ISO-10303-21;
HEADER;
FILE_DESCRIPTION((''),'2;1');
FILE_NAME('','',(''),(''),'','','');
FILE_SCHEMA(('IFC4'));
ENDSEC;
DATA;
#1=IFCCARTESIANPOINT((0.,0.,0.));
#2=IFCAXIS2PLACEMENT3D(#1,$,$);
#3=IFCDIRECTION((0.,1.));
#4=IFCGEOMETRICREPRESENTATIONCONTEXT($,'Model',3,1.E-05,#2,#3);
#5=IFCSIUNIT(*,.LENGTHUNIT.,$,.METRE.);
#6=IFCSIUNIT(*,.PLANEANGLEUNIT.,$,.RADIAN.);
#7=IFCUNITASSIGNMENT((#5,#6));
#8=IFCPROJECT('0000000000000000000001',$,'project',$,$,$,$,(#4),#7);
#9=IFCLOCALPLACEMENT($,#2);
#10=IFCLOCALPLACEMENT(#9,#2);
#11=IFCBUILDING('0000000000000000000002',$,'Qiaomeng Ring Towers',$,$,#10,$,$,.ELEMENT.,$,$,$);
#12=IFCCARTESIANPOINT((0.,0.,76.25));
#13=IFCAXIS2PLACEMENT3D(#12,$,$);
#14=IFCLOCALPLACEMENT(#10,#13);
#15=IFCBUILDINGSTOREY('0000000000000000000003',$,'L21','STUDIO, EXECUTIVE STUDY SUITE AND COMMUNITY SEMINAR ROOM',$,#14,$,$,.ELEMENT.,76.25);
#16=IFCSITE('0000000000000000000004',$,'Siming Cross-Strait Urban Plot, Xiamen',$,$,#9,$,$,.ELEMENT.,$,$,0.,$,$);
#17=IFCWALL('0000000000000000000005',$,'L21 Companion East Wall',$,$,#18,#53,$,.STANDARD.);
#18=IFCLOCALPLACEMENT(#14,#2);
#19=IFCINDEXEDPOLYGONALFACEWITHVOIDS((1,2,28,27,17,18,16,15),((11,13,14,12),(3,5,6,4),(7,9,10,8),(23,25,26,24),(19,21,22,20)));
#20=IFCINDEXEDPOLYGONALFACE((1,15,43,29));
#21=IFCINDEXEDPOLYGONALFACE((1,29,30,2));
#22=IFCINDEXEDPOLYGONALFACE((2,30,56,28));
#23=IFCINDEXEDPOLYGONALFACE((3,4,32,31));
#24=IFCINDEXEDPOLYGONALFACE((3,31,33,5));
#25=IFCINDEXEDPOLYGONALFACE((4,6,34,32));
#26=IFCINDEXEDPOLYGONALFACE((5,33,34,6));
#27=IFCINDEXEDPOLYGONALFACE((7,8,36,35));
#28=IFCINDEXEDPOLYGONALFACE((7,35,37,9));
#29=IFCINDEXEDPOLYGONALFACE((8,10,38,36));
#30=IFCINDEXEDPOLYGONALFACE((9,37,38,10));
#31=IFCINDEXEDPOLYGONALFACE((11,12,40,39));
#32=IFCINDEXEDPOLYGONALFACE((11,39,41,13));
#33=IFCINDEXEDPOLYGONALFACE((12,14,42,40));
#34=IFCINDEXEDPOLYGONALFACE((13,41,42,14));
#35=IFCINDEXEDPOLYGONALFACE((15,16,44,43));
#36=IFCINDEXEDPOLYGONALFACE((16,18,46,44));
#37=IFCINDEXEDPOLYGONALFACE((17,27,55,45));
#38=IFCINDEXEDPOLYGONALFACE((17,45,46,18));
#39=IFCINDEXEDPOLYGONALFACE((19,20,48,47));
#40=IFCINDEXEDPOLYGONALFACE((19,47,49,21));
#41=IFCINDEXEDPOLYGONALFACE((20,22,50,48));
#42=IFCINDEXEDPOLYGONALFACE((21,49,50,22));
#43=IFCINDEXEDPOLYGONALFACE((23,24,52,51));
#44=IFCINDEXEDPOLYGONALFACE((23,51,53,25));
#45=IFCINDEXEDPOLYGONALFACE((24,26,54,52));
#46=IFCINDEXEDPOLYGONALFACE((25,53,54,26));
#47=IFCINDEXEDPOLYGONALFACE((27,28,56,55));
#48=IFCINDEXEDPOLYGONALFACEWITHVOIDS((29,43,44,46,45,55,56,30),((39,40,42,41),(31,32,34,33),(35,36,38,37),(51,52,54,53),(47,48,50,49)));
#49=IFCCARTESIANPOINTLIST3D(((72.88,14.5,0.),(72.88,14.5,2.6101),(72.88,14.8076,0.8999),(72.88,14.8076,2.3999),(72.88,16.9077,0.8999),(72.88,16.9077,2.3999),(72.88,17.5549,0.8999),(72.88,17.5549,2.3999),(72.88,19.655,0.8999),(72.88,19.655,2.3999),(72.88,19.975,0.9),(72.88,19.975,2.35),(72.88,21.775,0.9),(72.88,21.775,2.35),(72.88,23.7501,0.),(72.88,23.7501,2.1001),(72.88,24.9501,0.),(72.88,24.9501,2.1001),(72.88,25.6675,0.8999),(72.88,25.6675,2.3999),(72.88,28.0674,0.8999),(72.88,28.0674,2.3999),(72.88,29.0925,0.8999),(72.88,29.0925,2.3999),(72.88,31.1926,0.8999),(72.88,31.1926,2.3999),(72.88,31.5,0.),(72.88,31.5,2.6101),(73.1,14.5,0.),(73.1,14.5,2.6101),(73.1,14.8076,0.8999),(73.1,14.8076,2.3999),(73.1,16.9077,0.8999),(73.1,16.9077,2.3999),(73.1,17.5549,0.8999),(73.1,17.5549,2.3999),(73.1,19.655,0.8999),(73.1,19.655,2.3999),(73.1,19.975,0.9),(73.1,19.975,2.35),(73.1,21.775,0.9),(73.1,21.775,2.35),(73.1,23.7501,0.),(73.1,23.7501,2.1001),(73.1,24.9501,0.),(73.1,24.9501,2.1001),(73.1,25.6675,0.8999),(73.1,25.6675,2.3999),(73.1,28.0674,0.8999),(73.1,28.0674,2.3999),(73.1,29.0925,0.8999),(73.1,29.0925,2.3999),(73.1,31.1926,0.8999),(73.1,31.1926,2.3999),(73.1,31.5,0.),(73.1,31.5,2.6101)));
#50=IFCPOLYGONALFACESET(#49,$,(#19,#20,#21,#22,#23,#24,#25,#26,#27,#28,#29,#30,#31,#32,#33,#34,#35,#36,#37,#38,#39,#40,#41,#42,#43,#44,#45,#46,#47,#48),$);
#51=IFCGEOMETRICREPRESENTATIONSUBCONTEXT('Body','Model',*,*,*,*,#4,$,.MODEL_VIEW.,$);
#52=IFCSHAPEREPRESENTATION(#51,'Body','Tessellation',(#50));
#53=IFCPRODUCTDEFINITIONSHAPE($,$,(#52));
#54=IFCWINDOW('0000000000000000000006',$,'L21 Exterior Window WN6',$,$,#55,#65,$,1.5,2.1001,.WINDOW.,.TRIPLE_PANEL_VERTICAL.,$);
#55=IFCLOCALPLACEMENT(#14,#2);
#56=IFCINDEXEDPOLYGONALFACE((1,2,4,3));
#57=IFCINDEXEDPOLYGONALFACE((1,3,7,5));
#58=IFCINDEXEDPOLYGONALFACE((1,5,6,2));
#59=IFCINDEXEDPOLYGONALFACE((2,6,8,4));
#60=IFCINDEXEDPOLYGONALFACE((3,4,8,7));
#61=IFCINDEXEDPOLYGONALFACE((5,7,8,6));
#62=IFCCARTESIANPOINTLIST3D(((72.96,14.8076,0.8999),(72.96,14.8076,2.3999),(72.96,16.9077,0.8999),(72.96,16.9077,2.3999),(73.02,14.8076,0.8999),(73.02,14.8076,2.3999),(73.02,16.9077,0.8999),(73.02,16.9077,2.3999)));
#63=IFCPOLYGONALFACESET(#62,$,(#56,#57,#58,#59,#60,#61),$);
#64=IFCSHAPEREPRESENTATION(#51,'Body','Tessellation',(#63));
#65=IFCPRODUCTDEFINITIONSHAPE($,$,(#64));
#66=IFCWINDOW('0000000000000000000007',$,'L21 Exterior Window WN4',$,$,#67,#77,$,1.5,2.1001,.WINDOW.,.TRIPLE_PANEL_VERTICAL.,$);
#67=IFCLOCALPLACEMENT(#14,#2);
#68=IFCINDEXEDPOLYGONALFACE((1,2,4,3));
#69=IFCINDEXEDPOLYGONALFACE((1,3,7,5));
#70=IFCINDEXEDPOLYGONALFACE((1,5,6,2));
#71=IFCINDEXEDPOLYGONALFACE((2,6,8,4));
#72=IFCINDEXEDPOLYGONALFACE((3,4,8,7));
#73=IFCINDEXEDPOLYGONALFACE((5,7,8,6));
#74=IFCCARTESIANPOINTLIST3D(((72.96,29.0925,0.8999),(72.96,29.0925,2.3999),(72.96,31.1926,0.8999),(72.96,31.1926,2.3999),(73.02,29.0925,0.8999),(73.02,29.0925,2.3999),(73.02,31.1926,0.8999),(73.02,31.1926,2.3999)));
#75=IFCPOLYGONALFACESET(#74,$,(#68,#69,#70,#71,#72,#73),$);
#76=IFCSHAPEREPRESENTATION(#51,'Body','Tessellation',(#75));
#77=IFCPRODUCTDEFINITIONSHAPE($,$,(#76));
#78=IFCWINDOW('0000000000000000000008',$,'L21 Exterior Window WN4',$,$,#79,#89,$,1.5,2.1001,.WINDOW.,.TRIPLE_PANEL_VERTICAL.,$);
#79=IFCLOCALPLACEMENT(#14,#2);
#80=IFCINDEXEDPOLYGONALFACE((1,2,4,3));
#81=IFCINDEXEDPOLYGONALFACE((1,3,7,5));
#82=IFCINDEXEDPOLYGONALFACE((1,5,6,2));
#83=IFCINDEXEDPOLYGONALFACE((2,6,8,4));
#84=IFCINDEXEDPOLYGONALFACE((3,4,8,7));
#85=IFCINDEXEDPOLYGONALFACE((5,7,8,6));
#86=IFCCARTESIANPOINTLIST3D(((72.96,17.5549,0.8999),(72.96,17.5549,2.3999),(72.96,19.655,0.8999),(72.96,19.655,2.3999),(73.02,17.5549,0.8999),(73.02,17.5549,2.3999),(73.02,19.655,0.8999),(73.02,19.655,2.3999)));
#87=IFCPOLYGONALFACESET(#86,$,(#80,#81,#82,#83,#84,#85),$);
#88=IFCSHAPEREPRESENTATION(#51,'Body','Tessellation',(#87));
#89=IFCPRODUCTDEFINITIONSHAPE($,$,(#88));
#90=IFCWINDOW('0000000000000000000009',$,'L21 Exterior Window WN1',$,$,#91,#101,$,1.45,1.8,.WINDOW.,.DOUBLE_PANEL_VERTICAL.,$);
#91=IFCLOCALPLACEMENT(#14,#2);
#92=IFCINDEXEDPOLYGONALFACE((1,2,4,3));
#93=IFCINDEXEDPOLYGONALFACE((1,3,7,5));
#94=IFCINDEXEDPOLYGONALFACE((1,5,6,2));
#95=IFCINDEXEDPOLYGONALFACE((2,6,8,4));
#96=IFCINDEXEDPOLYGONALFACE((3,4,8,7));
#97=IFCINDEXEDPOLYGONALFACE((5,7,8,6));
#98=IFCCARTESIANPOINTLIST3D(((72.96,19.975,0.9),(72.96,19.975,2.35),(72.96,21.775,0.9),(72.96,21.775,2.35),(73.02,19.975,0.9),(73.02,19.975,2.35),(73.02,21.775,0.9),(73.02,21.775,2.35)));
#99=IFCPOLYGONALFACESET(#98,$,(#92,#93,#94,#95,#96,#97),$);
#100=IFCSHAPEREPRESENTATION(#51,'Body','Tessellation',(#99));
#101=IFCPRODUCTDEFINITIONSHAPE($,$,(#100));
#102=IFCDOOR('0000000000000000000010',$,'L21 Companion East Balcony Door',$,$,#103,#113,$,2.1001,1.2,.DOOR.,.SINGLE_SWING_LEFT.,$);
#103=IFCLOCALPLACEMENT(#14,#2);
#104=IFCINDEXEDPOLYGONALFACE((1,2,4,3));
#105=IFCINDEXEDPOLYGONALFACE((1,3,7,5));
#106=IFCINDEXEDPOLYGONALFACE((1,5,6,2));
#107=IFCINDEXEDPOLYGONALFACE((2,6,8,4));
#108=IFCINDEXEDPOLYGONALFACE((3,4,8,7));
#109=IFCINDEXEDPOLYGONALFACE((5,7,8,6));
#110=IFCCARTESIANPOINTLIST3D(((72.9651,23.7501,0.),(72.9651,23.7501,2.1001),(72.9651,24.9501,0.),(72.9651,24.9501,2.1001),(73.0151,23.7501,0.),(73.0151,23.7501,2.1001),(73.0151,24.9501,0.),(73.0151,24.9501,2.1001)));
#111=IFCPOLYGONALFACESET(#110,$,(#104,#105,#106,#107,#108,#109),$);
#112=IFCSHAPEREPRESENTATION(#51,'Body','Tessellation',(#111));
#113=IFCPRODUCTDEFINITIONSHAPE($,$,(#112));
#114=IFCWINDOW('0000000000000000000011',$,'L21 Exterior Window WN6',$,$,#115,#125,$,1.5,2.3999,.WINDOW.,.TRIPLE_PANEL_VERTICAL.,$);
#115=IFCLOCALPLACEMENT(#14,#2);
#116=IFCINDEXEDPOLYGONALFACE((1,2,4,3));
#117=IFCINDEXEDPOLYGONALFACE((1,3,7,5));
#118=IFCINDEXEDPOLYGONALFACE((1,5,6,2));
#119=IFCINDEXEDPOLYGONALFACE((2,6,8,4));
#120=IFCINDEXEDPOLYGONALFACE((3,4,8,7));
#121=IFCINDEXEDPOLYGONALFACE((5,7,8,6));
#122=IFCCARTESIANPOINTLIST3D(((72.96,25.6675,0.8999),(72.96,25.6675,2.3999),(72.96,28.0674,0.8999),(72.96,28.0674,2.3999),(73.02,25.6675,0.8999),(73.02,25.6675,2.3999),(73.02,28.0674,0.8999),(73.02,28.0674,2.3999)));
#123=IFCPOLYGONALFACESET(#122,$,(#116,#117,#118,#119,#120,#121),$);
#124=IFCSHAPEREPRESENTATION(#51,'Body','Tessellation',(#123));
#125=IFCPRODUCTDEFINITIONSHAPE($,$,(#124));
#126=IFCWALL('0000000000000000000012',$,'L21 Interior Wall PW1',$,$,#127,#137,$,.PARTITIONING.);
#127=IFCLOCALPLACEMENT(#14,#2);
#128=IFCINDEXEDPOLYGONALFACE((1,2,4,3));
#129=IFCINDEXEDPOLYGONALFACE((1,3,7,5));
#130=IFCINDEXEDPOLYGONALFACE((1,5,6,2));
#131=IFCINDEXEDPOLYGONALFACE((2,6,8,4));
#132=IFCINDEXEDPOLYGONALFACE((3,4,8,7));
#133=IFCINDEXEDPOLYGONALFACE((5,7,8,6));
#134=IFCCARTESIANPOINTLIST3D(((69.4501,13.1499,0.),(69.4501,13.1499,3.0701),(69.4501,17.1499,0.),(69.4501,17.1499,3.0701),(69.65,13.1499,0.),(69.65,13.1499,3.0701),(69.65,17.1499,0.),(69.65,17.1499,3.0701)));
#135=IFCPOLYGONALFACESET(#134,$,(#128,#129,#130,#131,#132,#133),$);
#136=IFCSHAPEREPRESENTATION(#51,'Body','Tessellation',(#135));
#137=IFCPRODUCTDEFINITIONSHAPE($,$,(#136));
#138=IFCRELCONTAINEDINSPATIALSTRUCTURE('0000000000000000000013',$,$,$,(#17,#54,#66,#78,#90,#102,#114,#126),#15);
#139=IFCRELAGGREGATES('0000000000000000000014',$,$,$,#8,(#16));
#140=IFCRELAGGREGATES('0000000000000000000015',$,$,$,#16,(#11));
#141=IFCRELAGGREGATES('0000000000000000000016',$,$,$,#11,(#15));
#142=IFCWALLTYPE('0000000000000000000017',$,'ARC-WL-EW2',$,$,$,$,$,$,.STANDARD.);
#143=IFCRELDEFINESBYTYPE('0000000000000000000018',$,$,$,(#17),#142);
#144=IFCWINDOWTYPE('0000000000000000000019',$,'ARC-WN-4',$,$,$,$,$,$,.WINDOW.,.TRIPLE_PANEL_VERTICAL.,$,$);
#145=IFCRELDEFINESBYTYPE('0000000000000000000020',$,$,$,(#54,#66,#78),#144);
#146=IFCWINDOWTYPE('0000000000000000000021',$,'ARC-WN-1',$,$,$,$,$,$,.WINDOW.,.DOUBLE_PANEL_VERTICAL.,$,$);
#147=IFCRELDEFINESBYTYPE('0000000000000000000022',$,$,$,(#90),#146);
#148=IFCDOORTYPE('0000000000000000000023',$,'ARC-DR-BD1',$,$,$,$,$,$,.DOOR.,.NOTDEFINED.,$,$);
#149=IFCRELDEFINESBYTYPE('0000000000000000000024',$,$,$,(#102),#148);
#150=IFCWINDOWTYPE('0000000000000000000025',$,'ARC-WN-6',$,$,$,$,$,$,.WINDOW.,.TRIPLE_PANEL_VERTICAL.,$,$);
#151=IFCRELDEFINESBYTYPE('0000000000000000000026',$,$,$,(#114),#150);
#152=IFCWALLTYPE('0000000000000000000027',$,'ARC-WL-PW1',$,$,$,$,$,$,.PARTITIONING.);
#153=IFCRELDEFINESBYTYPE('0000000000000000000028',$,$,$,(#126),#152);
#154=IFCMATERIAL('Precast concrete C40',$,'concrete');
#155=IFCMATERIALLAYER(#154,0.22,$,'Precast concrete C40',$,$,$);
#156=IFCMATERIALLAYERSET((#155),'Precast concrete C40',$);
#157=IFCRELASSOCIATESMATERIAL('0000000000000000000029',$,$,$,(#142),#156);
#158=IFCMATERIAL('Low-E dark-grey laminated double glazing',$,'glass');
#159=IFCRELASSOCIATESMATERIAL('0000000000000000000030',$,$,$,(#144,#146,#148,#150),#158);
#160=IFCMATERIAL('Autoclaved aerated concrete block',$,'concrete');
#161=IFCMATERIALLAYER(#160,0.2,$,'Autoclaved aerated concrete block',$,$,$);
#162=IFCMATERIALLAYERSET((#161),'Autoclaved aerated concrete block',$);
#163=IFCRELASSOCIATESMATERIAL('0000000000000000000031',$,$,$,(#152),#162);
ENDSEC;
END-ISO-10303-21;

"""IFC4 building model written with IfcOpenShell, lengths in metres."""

from ifc_helpers import new_model, si_unit, direction, frame, frame_2d, origin, place, context, subcontext, project, spatial, rectangle, extrude, source, transform, mapped, material, layer, layer_set, type_object, element, fill, save


model = new_model("IFC4")

# Units and contexts
model_context = context("Model", 3, precision=1e-05, world=origin(), true_north=direction((0.0, 1.0)))
body_context = subcontext(model_context, "Body", "Model", "MODEL_VIEW")
ifc_project = project(units=[si_unit("LENGTHUNIT", "METRE"), si_unit("PLANEANGLEUNIT", "RADIAN")], contexts=[model_context])

# Site, building, storey
site_placement = place(None, origin())
site = spatial("IfcSite", under=ifc_project, at=site_placement, Name="Siming Cross-Strait Urban Plot, Xiamen", CompositionType="ELEMENT", RefElevation=0.0)
building_placement = place(site_placement, origin())
building = spatial("IfcBuilding", under=site, at=building_placement, Name="Qiaomeng Ring Towers", CompositionType="ELEMENT")
storey_placement = place(building_placement, frame((0.0, 0.0, 76.25)))
storey = spatial("IfcBuildingStorey", under=building, at=storey_placement, Name="L21", Description="STUDIO, EXECUTIVE STUDY SUITE AND COMMUNITY SEMINAR ROOM", CompositionType="ELEMENT", Elevation=76.25)

# Shared definitions
ifc_material_1 = material(Name="Low-E dark-grey laminated double glazing", Category="glass")

# Wall, openings, windows, door
ifc_material_2 = material(Name="Precast concrete C40", Category="concrete")
ifc_layer_1 = layer(ifc_material_2, 0.22, Name="Precast concrete C40")
ifc_layer_set_1 = layer_set([ifc_layer_1], Name="Precast concrete C40")
wall_type_1 = type_object("IfcWallType", Name="ARC-WL-EW2", PredefinedType="STANDARD", material=ifc_layer_set_1)
wall_1_placement = place(storey_placement, frame((72.99, 14.5, 0.0), z_axis=(0.0, 0.0, 1.0), x_axis=(0.0, 1.0, 0.0)))
wall_1 = element("IfcWall", 1, at=wall_1_placement, inside=storey, type_object=wall_type_1, Name="L21 Companion East Wall", PredefinedType="STANDARD", context=body_context, shape_type="SweptSolid", body=[
    extrude(rectangle(XDim=17.0, YDim=0.22, at=frame_2d((8.5, 0.0))), origin(), (0.0, 0.0, 1.0), 2.6101),
])
opening_1_placement = place(wall_1_placement, frame((9.25, 0.0, 0.0)))
opening_1 = element("IfcOpeningElement", 2, at=opening_1_placement, cuts=wall_1, PredefinedType="OPENING", context=body_context, shape_type="SweptSolid", body=[
    extrude(rectangle(XDim=1.2, YDim=2.1001, at=frame_2d((0.6001, 1.05))), frame((0.0, 0.1199, 0.0), z_axis=(0.0, -1.0, 0.0), x_axis=(1.0, 0.0, 0.0)), (0.0, 0.0, 1.0), 0.24),
])
opening_2_placement = place(wall_1_placement, frame((0.3076, 0.0, 0.8999)))
opening_2 = element("IfcOpeningElement", 3, at=opening_2_placement, cuts=wall_1, PredefinedType="OPENING", context=body_context, shape_type="SweptSolid", body=[
    extrude(rectangle(XDim=2.1001, YDim=1.5, at=frame_2d((1.05, 0.75))), frame((0.0, 0.1199, 0.0), z_axis=(0.0, -1.0, 0.0), x_axis=(1.0, 0.0, 0.0)), (0.0, 0.0, 1.0), 0.24),
])
opening_3_placement = place(wall_1_placement, frame((5.4751, 0.0, 0.8999)))
opening_3 = element("IfcOpeningElement", 4, at=opening_3_placement, cuts=wall_1, PredefinedType="OPENING", context=body_context, shape_type="SweptSolid", body=[
    extrude(rectangle(XDim=1.8, YDim=1.45, at=frame_2d((0.8999, 0.7251))), frame((0.0, 0.1199, 0.0), z_axis=(0.0, -1.0, 0.0), x_axis=(1.0, 0.0, 0.0)), (0.0, 0.0, 1.0), 0.24),
])
opening_4_placement = place(wall_1_placement, frame((14.5925, 0.0, 0.8999)))
opening_4 = element("IfcOpeningElement", 5, at=opening_4_placement, cuts=wall_1, PredefinedType="OPENING", context=body_context, shape_type="SweptSolid", body=[
    extrude(rectangle(XDim=2.1001, YDim=1.5, at=frame_2d((1.05, 0.75))), frame((0.0, 0.1199, 0.0), z_axis=(0.0, -1.0, 0.0), x_axis=(1.0, 0.0, 0.0)), (0.0, 0.0, 1.0), 0.24),
])
opening_5_placement = place(wall_1_placement, frame((3.0549, 0.0, 0.8999)))
opening_5 = element("IfcOpeningElement", 6, at=opening_5_placement, cuts=wall_1, PredefinedType="OPENING", context=body_context, shape_type="SweptSolid", body=[
    extrude(rectangle(XDim=2.1001, YDim=1.5, at=frame_2d((1.05, 0.75))), frame((0.0, 0.1199, 0.0), z_axis=(0.0, -1.0, 0.0), x_axis=(1.0, 0.0, 0.0)), (0.0, 0.0, 1.0), 0.24),
])
opening_6_placement = place(wall_1_placement, frame((11.1675, 0.0, 0.8999)))
opening_6 = element("IfcOpeningElement", 7, at=opening_6_placement, cuts=wall_1, PredefinedType="OPENING", context=body_context, shape_type="SweptSolid", body=[
    extrude(rectangle(XDim=2.3999, YDim=1.5, at=frame_2d((1.2, 0.75))), frame((0.0, 0.1199, 0.0), z_axis=(0.0, -1.0, 0.0), x_axis=(1.0, 0.0, 0.0)), (0.0, 0.0, 1.0), 0.24),
])
window_type_1 = type_object("IfcWindowType", Name="ARC-WN-4", PartitioningType="TRIPLE_PANEL_VERTICAL", PredefinedType="WINDOW", material=ifc_material_1)
shared_shape_1 = source(origin(), body_context, "Body", "SweptSolid", [
    extrude(rectangle(XDim=2.1001, YDim=1.5, at=frame_2d((1.05, 0.75))), frame((0.0, 0.03, 0.0), z_axis=(0.0, -1.0, 0.0), x_axis=(1.0, 0.0, 0.0)), (0.0, 0.0, 1.0), 0.0601),
])
window_1_placement = place(opening_2_placement, origin())
window_1 = element("IfcWindow", 8, at=window_1_placement, inside=storey, type_object=window_type_1, Name="L21 Exterior Window WN6", OverallHeight=1.5, OverallWidth=2.1001, PartitioningType="TRIPLE_PANEL_VERTICAL", PredefinedType="WINDOW", context=body_context, shape_type="MappedRepresentation", body=[
    mapped(shared_shape_1, transform((0.0, 0.0, 0.0), x_axis=(1.0, 0.0, 0.0), y_axis=(0.0, 1.0, 0.0), z_axis=(0.0, 0.0, 1.0), scale=1.0)),
])
fill(opening_2, window_1)
window_2_placement = place(opening_4_placement, origin())
window_2 = element("IfcWindow", 9, at=window_2_placement, inside=storey, type_object=window_type_1, Name="L21 Exterior Window WN4", OverallHeight=1.5, OverallWidth=2.1001, PartitioningType="TRIPLE_PANEL_VERTICAL", PredefinedType="WINDOW", context=body_context, shape_type="MappedRepresentation", body=[
    mapped(shared_shape_1, transform((0.0, 0.0, 0.0), x_axis=(1.0, 0.0, 0.0), y_axis=(0.0, 1.0, 0.0), z_axis=(0.0, 0.0, 1.0), scale=1.0)),
])
fill(opening_4, window_2)
window_3_placement = place(opening_5_placement, origin())
window_3 = element("IfcWindow", 10, at=window_3_placement, inside=storey, type_object=window_type_1, Name="L21 Exterior Window WN4", OverallHeight=1.5, OverallWidth=2.1001, PartitioningType="TRIPLE_PANEL_VERTICAL", PredefinedType="WINDOW", context=body_context, shape_type="MappedRepresentation", body=[
    mapped(shared_shape_1, transform((0.0, 0.0, 0.0), x_axis=(1.0, 0.0, 0.0), y_axis=(0.0, 1.0, 0.0), z_axis=(0.0, 0.0, 1.0), scale=1.0)),
])
fill(opening_5, window_3)
window_type_2 = type_object("IfcWindowType", Name="ARC-WN-1", PartitioningType="DOUBLE_PANEL_VERTICAL", PredefinedType="WINDOW", material=ifc_material_1)
shared_shape_2 = source(origin(), body_context, "Body", "SweptSolid", [
    extrude(rectangle(XDim=1.8, YDim=1.45, at=frame_2d((0.8999, 0.7251))), frame((0.0, 0.03, 0.0), z_axis=(0.0, -1.0, 0.0), x_axis=(1.0, 0.0, 0.0)), (0.0, 0.0, 1.0), 0.0601),
])
window_4_placement = place(opening_3_placement, origin())
window_4 = element("IfcWindow", 11, at=window_4_placement, inside=storey, type_object=window_type_2, Name="L21 Exterior Window WN1", OverallHeight=1.45, OverallWidth=1.8, PartitioningType="DOUBLE_PANEL_VERTICAL", PredefinedType="WINDOW", context=body_context, shape_type="MappedRepresentation", body=[
    mapped(shared_shape_2, transform((0.0, 0.0, 0.0), x_axis=(1.0, 0.0, 0.0), y_axis=(0.0, 1.0, 0.0), z_axis=(0.0, 0.0, 1.0), scale=1.0)),
])
fill(opening_3, window_4)
door_type_1 = type_object("IfcDoorType", Name="ARC-DR-BD1", OperationType="NOTDEFINED", PredefinedType="DOOR", material=ifc_material_1)
shared_shape_3 = source(origin(), body_context, "Body", "SweptSolid", [
    extrude(rectangle(XDim=1.2, YDim=2.1001, at=frame_2d((0.6001, 1.05))), frame((0.0, 0.0249, 0.0), z_axis=(0.0, -1.0, 0.0), x_axis=(1.0, 0.0, 0.0)), (0.0, 0.0, 1.0), 0.05),
])
door_1_placement = place(opening_1_placement, origin())
door_1 = element("IfcDoor", 12, at=door_1_placement, inside=storey, type_object=door_type_1, Name="L21 Companion East Balcony Door", OperationType="SINGLE_SWING_LEFT", OverallHeight=2.1001, OverallWidth=1.2, PredefinedType="DOOR", context=body_context, shape_type="MappedRepresentation", body=[
    mapped(shared_shape_3, transform((0.0, 0.0, 0.0), x_axis=(1.0, 0.0, 0.0), y_axis=(0.0, 1.0, 0.0), z_axis=(0.0, 0.0, 1.0), scale=1.0)),
])
fill(opening_1, door_1)
window_type_3 = type_object("IfcWindowType", Name="ARC-WN-6", PartitioningType="TRIPLE_PANEL_VERTICAL", PredefinedType="WINDOW", material=ifc_material_1)
shared_shape_4 = source(origin(), body_context, "Body", "SweptSolid", [
    extrude(rectangle(XDim=2.3999, YDim=1.5, at=frame_2d((1.2, 0.75))), frame((0.0, 0.03, 0.0), z_axis=(0.0, -1.0, 0.0), x_axis=(1.0, 0.0, 0.0)), (0.0, 0.0, 1.0), 0.0601),
])
window_5_placement = place(opening_6_placement, origin())
window_5 = element("IfcWindow", 13, at=window_5_placement, inside=storey, type_object=window_type_3, Name="L21 Exterior Window WN6", OverallHeight=1.5, OverallWidth=2.3999, PartitioningType="TRIPLE_PANEL_VERTICAL", PredefinedType="WINDOW", context=body_context, shape_type="MappedRepresentation", body=[
    mapped(shared_shape_4, transform((0.0, 0.0, 0.0), x_axis=(1.0, 0.0, 0.0), y_axis=(0.0, 1.0, 0.0), z_axis=(0.0, 0.0, 1.0), scale=1.0)),
])
fill(opening_6, window_5)

# Wall
ifc_material_3 = material(Name="Autoclaved aerated concrete block", Category="concrete")
ifc_layer_2 = layer(ifc_material_3, 0.2, Name="Autoclaved aerated concrete block")
ifc_layer_set_2 = layer_set([ifc_layer_2], Name="Autoclaved aerated concrete block")
wall_type_2 = type_object("IfcWallType", Name="ARC-WL-PW1", PredefinedType="PARTITIONING", material=ifc_layer_set_2)
wall_2_placement = place(storey_placement, frame((69.55, 13.1499, 0.0), z_axis=(0.0, 0.0, 1.0), x_axis=(0.0, 1.0, 0.0)))
element("IfcWall", 14, at=wall_2_placement, inside=storey, type_object=wall_type_2, Name="L21 Interior Wall PW1", PredefinedType="PARTITIONING", context=body_context, shape_type="SweptSolid", body=[
    extrude(rectangle(XDim=4.0, YDim=0.2, at=frame_2d((2.0, 0.0))), origin(), (0.0, 0.0, 1.0), 3.0701),
])

save(model, "model.ifc")
